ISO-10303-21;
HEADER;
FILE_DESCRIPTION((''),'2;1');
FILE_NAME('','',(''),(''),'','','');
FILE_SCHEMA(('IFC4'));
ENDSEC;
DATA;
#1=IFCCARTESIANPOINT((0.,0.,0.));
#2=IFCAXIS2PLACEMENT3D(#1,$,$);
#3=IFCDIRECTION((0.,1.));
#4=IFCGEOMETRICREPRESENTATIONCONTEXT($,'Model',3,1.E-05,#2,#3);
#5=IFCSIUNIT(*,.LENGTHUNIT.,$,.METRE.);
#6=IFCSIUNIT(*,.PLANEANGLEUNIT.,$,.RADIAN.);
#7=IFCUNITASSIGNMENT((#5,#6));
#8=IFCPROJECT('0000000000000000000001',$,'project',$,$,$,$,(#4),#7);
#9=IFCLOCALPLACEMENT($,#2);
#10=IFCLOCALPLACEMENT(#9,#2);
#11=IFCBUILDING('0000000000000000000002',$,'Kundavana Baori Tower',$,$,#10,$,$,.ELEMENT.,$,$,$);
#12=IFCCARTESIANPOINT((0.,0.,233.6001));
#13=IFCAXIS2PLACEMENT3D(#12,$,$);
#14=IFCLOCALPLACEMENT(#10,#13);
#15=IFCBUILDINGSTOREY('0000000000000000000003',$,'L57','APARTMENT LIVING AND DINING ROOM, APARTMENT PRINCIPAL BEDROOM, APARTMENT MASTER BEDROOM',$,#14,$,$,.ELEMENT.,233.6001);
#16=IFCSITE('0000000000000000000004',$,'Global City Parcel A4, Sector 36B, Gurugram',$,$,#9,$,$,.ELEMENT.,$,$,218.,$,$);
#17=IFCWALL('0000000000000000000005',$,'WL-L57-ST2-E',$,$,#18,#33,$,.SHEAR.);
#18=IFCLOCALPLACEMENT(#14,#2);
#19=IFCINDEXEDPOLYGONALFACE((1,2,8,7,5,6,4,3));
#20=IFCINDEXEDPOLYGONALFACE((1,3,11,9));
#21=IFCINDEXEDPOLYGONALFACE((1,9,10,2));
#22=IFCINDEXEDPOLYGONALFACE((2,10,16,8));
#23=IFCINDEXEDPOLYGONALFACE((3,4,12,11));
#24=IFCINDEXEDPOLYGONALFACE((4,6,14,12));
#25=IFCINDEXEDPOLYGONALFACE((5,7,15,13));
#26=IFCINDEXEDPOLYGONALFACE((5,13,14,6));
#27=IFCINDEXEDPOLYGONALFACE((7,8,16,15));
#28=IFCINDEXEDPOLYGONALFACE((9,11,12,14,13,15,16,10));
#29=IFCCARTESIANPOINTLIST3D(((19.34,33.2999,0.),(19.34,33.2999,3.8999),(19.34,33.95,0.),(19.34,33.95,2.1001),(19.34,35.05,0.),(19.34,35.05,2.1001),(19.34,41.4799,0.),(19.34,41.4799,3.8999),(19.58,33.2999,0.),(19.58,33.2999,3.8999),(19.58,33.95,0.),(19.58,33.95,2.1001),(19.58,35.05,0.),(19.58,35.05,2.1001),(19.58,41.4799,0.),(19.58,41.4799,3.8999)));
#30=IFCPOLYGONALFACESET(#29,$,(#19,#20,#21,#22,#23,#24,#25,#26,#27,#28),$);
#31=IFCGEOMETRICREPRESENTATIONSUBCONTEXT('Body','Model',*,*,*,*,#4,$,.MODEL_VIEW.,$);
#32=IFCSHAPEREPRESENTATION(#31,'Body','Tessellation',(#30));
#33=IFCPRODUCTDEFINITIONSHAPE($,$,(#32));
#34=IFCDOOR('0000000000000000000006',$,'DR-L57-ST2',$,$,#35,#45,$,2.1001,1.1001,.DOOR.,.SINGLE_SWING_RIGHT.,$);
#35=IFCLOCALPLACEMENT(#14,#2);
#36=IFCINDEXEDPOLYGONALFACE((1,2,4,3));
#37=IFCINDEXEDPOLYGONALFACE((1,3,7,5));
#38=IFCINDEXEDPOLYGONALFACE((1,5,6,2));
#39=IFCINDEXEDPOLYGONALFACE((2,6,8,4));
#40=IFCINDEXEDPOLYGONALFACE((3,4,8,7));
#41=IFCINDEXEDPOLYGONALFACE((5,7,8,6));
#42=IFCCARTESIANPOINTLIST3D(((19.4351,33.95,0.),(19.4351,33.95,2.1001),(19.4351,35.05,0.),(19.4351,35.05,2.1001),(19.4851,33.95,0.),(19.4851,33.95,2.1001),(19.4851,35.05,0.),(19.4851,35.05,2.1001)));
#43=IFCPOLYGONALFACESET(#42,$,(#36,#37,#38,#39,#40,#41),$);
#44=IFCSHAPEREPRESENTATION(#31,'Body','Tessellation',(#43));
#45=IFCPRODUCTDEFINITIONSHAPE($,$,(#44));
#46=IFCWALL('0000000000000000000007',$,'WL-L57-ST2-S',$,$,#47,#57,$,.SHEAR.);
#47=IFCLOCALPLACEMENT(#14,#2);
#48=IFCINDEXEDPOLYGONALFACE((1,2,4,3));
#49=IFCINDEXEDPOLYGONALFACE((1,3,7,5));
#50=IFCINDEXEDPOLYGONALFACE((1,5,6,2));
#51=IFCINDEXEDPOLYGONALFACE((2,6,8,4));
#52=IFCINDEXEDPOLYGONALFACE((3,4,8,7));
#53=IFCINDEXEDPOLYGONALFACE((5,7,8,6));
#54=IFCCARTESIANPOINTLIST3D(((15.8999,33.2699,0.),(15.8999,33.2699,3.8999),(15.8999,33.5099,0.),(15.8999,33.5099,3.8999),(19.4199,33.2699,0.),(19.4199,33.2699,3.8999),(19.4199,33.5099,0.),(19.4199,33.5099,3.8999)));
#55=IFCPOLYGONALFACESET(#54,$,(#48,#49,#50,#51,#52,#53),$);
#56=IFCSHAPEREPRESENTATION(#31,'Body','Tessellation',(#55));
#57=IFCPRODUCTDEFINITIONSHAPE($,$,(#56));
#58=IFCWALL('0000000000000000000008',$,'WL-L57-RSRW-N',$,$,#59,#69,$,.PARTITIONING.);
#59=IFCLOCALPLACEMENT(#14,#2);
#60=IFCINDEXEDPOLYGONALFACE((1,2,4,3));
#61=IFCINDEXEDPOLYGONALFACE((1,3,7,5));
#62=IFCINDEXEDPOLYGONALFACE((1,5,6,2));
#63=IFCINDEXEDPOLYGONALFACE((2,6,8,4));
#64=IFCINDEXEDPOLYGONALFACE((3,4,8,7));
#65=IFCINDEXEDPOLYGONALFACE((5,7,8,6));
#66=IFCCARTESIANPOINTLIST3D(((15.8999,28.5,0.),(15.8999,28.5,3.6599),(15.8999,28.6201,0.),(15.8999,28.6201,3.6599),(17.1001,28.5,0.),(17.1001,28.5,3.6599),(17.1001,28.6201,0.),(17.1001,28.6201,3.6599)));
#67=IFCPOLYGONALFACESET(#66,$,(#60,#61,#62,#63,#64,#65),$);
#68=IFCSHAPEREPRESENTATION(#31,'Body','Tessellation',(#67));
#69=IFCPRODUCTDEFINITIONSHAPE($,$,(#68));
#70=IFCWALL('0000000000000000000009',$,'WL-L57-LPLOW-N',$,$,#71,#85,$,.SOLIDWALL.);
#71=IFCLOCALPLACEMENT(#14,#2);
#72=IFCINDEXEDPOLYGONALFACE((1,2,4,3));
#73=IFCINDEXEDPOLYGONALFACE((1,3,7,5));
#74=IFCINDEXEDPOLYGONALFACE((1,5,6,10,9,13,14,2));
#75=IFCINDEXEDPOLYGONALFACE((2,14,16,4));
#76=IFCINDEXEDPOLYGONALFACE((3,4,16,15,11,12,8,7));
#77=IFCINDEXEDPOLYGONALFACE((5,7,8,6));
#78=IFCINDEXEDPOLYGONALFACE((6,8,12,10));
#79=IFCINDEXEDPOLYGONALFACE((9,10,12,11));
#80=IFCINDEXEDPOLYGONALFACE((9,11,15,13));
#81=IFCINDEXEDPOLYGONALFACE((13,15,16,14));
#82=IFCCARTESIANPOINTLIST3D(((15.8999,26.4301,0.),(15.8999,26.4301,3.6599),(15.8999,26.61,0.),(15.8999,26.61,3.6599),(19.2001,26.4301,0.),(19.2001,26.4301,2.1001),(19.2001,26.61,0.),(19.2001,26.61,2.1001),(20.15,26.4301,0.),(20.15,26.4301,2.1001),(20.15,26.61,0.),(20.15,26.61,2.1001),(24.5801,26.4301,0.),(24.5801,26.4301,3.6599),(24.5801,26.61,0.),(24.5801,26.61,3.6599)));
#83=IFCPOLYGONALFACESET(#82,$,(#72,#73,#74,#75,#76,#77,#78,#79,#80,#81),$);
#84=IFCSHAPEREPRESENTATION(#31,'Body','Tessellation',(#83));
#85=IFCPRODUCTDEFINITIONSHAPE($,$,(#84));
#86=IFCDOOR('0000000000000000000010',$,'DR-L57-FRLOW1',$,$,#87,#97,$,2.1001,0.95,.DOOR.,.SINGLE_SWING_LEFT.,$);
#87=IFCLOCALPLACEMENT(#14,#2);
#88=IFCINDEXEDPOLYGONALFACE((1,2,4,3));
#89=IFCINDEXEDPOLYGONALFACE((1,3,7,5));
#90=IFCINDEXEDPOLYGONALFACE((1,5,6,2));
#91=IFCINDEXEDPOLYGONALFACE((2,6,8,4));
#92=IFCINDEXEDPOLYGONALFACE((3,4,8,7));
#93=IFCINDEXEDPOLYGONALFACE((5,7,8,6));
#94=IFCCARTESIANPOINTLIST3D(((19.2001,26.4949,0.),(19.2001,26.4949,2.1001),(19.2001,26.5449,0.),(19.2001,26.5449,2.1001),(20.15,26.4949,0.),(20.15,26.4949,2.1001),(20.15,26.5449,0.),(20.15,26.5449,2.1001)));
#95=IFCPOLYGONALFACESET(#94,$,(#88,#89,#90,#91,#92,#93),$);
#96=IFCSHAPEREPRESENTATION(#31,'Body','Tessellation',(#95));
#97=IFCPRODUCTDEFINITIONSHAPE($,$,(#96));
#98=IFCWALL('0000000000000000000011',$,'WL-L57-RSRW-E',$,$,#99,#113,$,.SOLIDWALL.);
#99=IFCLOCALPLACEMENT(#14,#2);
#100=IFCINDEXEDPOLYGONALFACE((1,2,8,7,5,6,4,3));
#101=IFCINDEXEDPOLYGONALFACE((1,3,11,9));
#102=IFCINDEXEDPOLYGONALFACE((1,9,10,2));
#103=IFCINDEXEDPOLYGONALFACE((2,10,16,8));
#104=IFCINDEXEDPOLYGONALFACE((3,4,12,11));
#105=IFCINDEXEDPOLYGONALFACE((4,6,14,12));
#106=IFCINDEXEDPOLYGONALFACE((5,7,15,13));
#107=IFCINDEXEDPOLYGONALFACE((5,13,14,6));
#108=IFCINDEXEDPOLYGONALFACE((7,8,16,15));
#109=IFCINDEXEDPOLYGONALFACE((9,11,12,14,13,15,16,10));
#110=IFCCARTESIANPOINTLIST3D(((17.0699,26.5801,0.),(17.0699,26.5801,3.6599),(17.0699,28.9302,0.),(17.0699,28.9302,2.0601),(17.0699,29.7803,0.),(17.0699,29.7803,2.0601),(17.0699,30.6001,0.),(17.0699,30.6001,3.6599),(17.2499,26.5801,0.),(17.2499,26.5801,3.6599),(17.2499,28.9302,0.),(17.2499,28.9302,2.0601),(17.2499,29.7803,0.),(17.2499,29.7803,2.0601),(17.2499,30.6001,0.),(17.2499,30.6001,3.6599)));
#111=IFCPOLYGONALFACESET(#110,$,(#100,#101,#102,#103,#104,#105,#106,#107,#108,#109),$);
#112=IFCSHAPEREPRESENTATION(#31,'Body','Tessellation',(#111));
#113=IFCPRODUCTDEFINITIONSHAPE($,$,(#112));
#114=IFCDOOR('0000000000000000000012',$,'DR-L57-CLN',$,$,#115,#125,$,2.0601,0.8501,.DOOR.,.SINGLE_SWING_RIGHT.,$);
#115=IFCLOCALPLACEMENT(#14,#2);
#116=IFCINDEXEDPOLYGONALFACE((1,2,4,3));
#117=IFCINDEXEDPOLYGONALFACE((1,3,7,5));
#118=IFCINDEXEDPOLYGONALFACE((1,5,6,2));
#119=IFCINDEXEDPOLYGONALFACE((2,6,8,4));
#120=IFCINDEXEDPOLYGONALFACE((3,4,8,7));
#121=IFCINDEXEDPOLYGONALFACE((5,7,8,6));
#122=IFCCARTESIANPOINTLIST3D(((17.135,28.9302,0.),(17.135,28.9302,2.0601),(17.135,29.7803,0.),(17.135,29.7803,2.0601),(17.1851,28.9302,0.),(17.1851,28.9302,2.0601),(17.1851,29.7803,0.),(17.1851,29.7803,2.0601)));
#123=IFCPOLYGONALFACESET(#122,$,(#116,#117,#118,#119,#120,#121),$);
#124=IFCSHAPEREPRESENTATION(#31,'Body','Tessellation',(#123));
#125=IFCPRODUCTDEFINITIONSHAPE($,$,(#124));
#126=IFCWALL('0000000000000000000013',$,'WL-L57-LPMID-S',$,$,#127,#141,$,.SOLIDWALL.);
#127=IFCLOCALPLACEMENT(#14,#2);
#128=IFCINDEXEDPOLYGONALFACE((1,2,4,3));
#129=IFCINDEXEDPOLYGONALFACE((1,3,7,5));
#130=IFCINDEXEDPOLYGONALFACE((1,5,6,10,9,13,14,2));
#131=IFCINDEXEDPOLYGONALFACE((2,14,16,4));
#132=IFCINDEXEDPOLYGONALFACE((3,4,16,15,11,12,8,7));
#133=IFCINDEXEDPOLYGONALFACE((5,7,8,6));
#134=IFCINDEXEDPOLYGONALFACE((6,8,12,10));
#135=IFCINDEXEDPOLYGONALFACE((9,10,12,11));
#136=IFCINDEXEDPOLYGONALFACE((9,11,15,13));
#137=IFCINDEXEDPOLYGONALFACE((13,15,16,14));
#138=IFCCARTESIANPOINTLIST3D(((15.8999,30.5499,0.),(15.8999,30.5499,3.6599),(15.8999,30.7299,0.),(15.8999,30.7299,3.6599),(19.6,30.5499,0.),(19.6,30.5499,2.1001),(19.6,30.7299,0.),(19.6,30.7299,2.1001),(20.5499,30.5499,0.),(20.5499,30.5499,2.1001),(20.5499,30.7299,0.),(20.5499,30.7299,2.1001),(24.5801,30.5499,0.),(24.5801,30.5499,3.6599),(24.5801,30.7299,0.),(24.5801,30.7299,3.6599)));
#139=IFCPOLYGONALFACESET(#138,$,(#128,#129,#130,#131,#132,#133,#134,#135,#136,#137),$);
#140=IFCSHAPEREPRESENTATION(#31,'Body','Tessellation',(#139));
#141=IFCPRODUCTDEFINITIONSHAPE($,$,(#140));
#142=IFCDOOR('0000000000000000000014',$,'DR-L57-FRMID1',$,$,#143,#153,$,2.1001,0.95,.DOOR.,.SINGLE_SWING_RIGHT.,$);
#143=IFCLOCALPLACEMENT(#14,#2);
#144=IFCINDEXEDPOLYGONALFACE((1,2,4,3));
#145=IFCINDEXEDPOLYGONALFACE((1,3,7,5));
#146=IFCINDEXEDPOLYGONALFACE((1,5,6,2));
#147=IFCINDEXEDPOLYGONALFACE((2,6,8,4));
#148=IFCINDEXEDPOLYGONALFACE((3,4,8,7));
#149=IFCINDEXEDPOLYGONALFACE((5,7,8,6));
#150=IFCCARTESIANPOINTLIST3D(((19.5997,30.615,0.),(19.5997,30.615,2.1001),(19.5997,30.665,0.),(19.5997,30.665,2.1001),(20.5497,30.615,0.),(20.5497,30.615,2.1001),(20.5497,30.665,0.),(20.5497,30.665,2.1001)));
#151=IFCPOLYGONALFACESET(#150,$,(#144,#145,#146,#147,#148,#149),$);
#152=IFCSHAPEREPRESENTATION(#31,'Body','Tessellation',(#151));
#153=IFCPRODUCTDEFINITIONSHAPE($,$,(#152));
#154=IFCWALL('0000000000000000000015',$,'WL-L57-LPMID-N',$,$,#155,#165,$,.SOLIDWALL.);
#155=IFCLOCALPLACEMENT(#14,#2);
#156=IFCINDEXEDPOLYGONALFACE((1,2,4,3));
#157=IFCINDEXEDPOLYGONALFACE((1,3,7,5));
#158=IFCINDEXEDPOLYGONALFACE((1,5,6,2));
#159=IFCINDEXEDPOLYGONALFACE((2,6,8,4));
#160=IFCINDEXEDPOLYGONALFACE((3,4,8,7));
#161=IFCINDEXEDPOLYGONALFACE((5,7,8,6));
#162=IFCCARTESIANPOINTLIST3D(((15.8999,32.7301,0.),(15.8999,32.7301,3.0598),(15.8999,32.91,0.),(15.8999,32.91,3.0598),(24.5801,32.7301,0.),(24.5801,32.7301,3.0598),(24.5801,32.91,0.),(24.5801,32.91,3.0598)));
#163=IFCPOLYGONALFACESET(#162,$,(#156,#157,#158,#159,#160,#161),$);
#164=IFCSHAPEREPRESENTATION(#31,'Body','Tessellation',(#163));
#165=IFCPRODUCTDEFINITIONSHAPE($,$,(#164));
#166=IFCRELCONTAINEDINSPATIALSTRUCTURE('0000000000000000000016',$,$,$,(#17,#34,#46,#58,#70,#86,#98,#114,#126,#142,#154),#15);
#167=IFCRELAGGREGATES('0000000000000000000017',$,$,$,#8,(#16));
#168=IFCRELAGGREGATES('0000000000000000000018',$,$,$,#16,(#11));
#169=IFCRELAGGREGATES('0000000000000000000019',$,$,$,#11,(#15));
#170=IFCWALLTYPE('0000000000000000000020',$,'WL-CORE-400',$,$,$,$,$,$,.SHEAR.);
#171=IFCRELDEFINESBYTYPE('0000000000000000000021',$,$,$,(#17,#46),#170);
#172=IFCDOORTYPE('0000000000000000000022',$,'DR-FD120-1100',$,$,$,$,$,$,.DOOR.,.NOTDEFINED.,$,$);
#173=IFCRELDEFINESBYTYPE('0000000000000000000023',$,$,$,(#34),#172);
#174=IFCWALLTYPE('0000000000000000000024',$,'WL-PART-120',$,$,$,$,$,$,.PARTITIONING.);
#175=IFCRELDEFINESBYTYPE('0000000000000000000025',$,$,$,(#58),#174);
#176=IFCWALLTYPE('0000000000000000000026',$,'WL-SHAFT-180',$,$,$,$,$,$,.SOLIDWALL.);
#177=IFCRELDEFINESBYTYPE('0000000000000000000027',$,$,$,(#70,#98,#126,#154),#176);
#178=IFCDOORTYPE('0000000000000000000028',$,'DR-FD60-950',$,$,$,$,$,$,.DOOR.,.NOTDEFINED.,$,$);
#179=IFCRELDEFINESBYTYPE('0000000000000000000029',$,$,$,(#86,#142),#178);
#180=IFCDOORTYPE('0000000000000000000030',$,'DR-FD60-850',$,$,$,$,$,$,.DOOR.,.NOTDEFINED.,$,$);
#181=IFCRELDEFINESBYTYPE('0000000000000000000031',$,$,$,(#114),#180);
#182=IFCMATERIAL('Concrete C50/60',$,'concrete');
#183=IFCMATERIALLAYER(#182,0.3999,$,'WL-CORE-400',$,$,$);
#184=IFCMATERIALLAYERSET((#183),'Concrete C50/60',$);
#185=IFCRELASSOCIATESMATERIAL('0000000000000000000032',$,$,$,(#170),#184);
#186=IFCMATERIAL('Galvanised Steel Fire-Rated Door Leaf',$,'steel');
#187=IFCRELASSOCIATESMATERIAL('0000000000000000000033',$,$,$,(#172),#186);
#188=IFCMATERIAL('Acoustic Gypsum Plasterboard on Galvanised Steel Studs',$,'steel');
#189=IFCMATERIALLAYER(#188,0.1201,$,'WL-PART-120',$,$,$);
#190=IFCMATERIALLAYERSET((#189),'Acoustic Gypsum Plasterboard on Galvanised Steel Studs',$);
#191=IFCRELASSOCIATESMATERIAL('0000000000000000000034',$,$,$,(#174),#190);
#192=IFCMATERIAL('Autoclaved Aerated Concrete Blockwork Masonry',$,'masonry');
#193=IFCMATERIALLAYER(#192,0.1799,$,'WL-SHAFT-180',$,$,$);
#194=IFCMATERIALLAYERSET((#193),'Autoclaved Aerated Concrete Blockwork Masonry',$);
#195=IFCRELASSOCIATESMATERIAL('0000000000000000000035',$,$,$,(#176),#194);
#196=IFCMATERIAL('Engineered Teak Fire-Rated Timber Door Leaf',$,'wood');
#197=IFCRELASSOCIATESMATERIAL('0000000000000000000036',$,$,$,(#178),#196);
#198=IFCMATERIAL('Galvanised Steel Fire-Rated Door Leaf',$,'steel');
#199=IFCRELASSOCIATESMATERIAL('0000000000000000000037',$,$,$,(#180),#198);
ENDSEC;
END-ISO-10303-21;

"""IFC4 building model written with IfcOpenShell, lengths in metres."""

from ifc_helpers import new_model, si_unit, direction, frame, frame_2d, origin, place, context, subcontext, project, spatial, rectangle, extrude, material, layer, layer_set, type_object, element, fill, save


model = new_model("IFC4")

# Units and contexts
model_context = context("Model", 3, precision=1e-05, world=origin(), true_north=direction((0.0, 1.0)))
body_context = subcontext(model_context, "Body", "Model", "MODEL_VIEW")
ifc_project = project(units=[si_unit("LENGTHUNIT", "METRE"), si_unit("PLANEANGLEUNIT", "RADIAN")], contexts=[model_context])

# Site, building, storey
site_placement = place(None, origin())
site = spatial("IfcSite", under=ifc_project, at=site_placement, Name="Global City Parcel A4, Sector 36B, Gurugram", CompositionType="ELEMENT", RefElevation=218.0)
building_placement = place(site_placement, origin())
building = spatial("IfcBuilding", under=site, at=building_placement, Name="Kundavana Baori Tower", CompositionType="ELEMENT")
storey_placement = place(building_placement, frame((0.0, 0.0, 233.6001)))
storey = spatial("IfcBuildingStorey", under=building, at=storey_placement, Name="L57", Description="APARTMENT LIVING AND DINING ROOM, APARTMENT PRINCIPAL BEDROOM, APARTMENT MASTER BEDROOM", CompositionType="ELEMENT", Elevation=233.6001)

# Wall, opening, door
ifc_material_1 = material(Name="Concrete C50/60", Category="concrete")
ifc_layer_1 = layer(ifc_material_1, 0.3999, Name="WL-CORE-400")
ifc_layer_set_1 = layer_set([ifc_layer_1], Name="Concrete C50/60")
wall_type_1 = type_object("IfcWallType", Name="WL-CORE-400", PredefinedType="SHEAR", material=ifc_layer_set_1)
wall_1_placement = place(storey_placement, frame((19.46, 33.3, 0.0), z_axis=(0.0, 0.0, 1.0), x_axis=(0.0, 1.0, 0.0)))
wall_1 = element("IfcWall", 1, at=wall_1_placement, inside=storey, type_object=wall_type_1, Name="WL-L57-ST2-E", PredefinedType="SHEAR", context=body_context, shape_type="SweptSolid", body=[
    extrude(rectangle(XDim=8.1799, YDim=0.24, at=frame_2d((4.0898, 0.0))), origin(), (0.0, 0.0, 1.0), 3.8999),
])
opening_1_placement = place(wall_1_placement, frame((0.6499, 0.0, 0.0)))
opening_1 = element("IfcOpeningElement", 2, at=opening_1_placement, cuts=wall_1, PredefinedType="OPENING", context=body_context, shape_type="SweptSolid", body=[
    extrude(rectangle(XDim=1.1001, YDim=2.1001, at=frame_2d((0.55, 1.05))), frame((0.0, 0.1299, 0.0), z_axis=(0.0, -1.0, 0.0), x_axis=(1.0, 0.0, 0.0)), (0.0, 0.0, 1.0), 0.26),
])
ifc_material_2 = material(Name="Galvanised Steel Fire-Rated Door Leaf", Category="steel")
door_type_1 = type_object("IfcDoorType", Name="DR-FD120-1100", OperationType="NOTDEFINED", PredefinedType="DOOR", material=ifc_material_2)
door_1_placement = place(opening_1_placement, origin())
door_1 = element("IfcDoor", 3, at=door_1_placement, inside=storey, type_object=door_type_1, Name="DR-L57-ST2", OperationType="SINGLE_SWING_RIGHT", OverallHeight=2.1001, OverallWidth=1.1001, PredefinedType="DOOR", context=body_context, shape_type="SweptSolid", body=[
    extrude(rectangle(XDim=1.1001, YDim=2.1001, at=frame_2d((0.55, 1.05))), frame((0.0, 0.0249, 0.0), z_axis=(0.0, -1.0, 0.0), x_axis=(1.0, 0.0, 0.0)), (0.0, 0.0, 1.0), 0.05),
])
fill(opening_1, door_1)

# Walls
wall_2_placement = place(storey_placement, frame((15.8999, 33.3899, 0.0), z_axis=(0.0, 0.0, 1.0), x_axis=(1.0, 0.0, 0.0)))
element("IfcWall", 4, at=wall_2_placement, inside=storey, type_object=wall_type_1, Name="WL-L57-ST2-S", PredefinedType="SHEAR", context=body_context, shape_type="SweptSolid", body=[
    extrude(rectangle(XDim=3.52, YDim=0.24, at=frame_2d((1.76, 0.0))), origin(), (0.0, 0.0, 1.0), 3.8999),
])
ifc_material_3 = material(Name="Acoustic Gypsum Plasterboard on Galvanised Steel Studs", Category="steel")
ifc_layer_2 = layer(ifc_material_3, 0.1201, Name="WL-PART-120")
ifc_layer_set_2 = layer_set([ifc_layer_2], Name="Acoustic Gypsum Plasterboard on Galvanised Steel Studs")
wall_type_2 = type_object("IfcWallType", Name="WL-PART-120", PredefinedType="PARTITIONING", material=ifc_layer_set_2)
wall_3_placement = place(storey_placement, frame((15.8999, 28.5601, 0.0), z_axis=(0.0, 0.0, 1.0), x_axis=(1.0, 0.0, 0.0)))
element("IfcWall", 5, at=wall_3_placement, inside=storey, type_object=wall_type_2, Name="WL-L57-RSRW-N", PredefinedType="PARTITIONING", context=body_context, shape_type="SweptSolid", body=[
    extrude(rectangle(XDim=1.2002, YDim=0.1201, at=frame_2d((0.6001, 0.0))), origin(), (0.0, 0.0, 1.0), 3.6599),
])

# Walls, openings, doors
ifc_material_4 = material(Name="Autoclaved Aerated Concrete Blockwork Masonry", Category="masonry")
ifc_layer_3 = layer(ifc_material_4, 0.1799, Name="WL-SHAFT-180")
ifc_layer_set_3 = layer_set([ifc_layer_3], Name="Autoclaved Aerated Concrete Blockwork Masonry")
wall_type_3 = type_object("IfcWallType", Name="WL-SHAFT-180", PredefinedType="SOLIDWALL", material=ifc_layer_set_3)
wall_4_placement = place(storey_placement, frame((15.8999, 26.52, 0.0), z_axis=(0.0, 0.0, 1.0), x_axis=(1.0, 0.0, 0.0)))
wall_4 = element("IfcWall", 6, at=wall_4_placement, inside=storey, type_object=wall_type_3, Name="WL-L57-LPLOW-N", PredefinedType="SOLIDWALL", context=body_context, shape_type="SweptSolid", body=[
    extrude(rectangle(XDim=8.6802, YDim=0.1799, at=frame_2d((4.3401, 0.0))), origin(), (0.0, 0.0, 1.0), 3.6599),
])
opening_2_placement = place(wall_4_placement, frame((3.3, 0.0, 0.0)))
opening_2 = element("IfcOpeningElement", 7, at=opening_2_placement, cuts=wall_4, PredefinedType="OPENING", context=body_context, shape_type="SweptSolid", body=[
    extrude(rectangle(XDim=0.95, YDim=2.1001, at=frame_2d((0.4751, 1.05))), frame((0.0, 0.1001, 0.0), z_axis=(0.0, -1.0, 0.0), x_axis=(1.0, 0.0, 0.0)), (0.0, 0.0, 1.0), 0.2),
])
ifc_material_5 = material(Name="Engineered Teak Fire-Rated Timber Door Leaf", Category="wood")
door_type_2 = type_object("IfcDoorType", Name="DR-FD60-950", OperationType="NOTDEFINED", PredefinedType="DOOR", material=ifc_material_5)
door_2_placement = place(opening_2_placement, origin())
door_2 = element("IfcDoor", 8, at=door_2_placement, inside=storey, type_object=door_type_2, Name="DR-L57-FRLOW1", OperationType="SINGLE_SWING_LEFT", OverallHeight=2.1001, OverallWidth=0.95, PredefinedType="DOOR", context=body_context, shape_type="SweptSolid", body=[
    extrude(rectangle(XDim=0.95, YDim=2.1001, at=frame_2d((0.4751, 1.05))), frame((0.0, 0.0249, 0.0), z_axis=(0.0, -1.0, 0.0), x_axis=(1.0, 0.0, 0.0)), (0.0, 0.0, 1.0), 0.05),
])
fill(opening_2, door_2)
wall_5_placement = place(storey_placement, frame((17.1599, 26.5801, 0.0), z_axis=(0.0, 0.0, 1.0), x_axis=(0.0, 1.0, 0.0)))
wall_5 = element("IfcWall", 9, at=wall_5_placement, inside=storey, type_object=wall_type_3, Name="WL-L57-RSRW-E", PredefinedType="SOLIDWALL", context=body_context, shape_type="SweptSolid", body=[
    extrude(rectangle(XDim=4.02, YDim=0.1799, at=frame_2d((2.01, 0.0))), origin(), (0.0, 0.0, 1.0), 3.6599),
])
opening_3_placement = place(wall_5_placement, frame((2.3501, 0.0, 0.0)))
opening_3 = element("IfcOpeningElement", 10, at=opening_3_placement, cuts=wall_5, PredefinedType="OPENING", context=body_context, shape_type="SweptSolid", body=[
    extrude(rectangle(XDim=0.8501, YDim=2.0601, at=frame_2d((0.425, 1.03))), frame((0.0, 0.1001, 0.0), z_axis=(0.0, -1.0, 0.0), x_axis=(1.0, 0.0, 0.0)), (0.0, 0.0, 1.0), 0.2),
])
ifc_material_6 = material(Name="Galvanised Steel Fire-Rated Door Leaf", Category="steel")
door_type_3 = type_object("IfcDoorType", Name="DR-FD60-850", OperationType="NOTDEFINED", PredefinedType="DOOR", material=ifc_material_6)
door_3_placement = place(opening_3_placement, origin())
door_3 = element("IfcDoor", 11, at=door_3_placement, inside=storey, type_object=door_type_3, Name="DR-L57-CLN", OperationType="SINGLE_SWING_RIGHT", OverallHeight=2.0601, OverallWidth=0.8501, PredefinedType="DOOR", context=body_context, shape_type="SweptSolid", body=[
    extrude(rectangle(XDim=0.8501, YDim=2.0601, at=frame_2d((0.425, 1.03))), frame((0.0, 0.0249, 0.0), z_axis=(0.0, -1.0, 0.0), x_axis=(1.0, 0.0, 0.0)), (0.0, 0.0, 1.0), 0.05),
])
fill(opening_3, door_3)
wall_6_placement = place(storey_placement, frame((15.8999, 30.6399, 0.0), z_axis=(0.0, 0.0, 1.0), x_axis=(1.0, 0.0, 0.0)))
wall_6 = element("IfcWall", 12, at=wall_6_placement, inside=storey, type_object=wall_type_3, Name="WL-L57-LPMID-S", PredefinedType="SOLIDWALL", context=body_context, shape_type="SweptSolid", body=[
    extrude(rectangle(XDim=8.6802, YDim=0.1799, at=frame_2d((4.3401, 0.0))), origin(), (0.0, 0.0, 1.0), 3.6599),
])
opening_4_placement = place(wall_6_placement, frame((3.7, 0.0, 0.0)))
opening_4 = element("IfcOpeningElement", 13, at=opening_4_placement, cuts=wall_6, PredefinedType="OPENING", context=body_context, shape_type="SweptSolid", body=[
    extrude(rectangle(XDim=0.95, YDim=2.1001, at=frame_2d((0.4751, 1.05))), frame((0.0, 0.1001, 0.0), z_axis=(0.0, -1.0, 0.0), x_axis=(1.0, 0.0, 0.0)), (0.0, 0.0, 1.0), 0.2),
])
door_4_placement = place(opening_4_placement, frame((0.95, 0.0, 0.0), z_axis=(0.0, 0.0, 1.0), x_axis=(-1.0, 0.0, 0.0)))
door_4 = element("IfcDoor", 14, at=door_4_placement, inside=storey, type_object=door_type_2, Name="DR-L57-FRMID1", OperationType="SINGLE_SWING_RIGHT", OverallHeight=2.1001, OverallWidth=0.95, PredefinedType="DOOR", context=body_context, shape_type="SweptSolid", body=[
    extrude(rectangle(XDim=0.95, YDim=2.1001, at=frame_2d((0.4751, 1.05))), frame((0.0, 0.0249, 0.0), z_axis=(0.0, -1.0, 0.0), x_axis=(1.0, 0.0, 0.0)), (0.0, 0.0, 1.0), 0.05),
])
fill(opening_4, door_4)

# Wall
wall_7_placement = place(storey_placement, frame((15.8999, 32.8201, 0.0), z_axis=(0.0, 0.0, 1.0), x_axis=(1.0, 0.0, 0.0)))
element("IfcWall", 15, at=wall_7_placement, inside=storey, type_object=wall_type_3, Name="WL-L57-LPMID-N", PredefinedType="SOLIDWALL", context=body_context, shape_type="SweptSolid", body=[
    extrude(rectangle(XDim=8.6802, YDim=0.1799, at=frame_2d((4.3401, 0.0))), origin(), (0.0, 0.0, 1.0), 3.0598),
])

save(model, "model.ifc")
